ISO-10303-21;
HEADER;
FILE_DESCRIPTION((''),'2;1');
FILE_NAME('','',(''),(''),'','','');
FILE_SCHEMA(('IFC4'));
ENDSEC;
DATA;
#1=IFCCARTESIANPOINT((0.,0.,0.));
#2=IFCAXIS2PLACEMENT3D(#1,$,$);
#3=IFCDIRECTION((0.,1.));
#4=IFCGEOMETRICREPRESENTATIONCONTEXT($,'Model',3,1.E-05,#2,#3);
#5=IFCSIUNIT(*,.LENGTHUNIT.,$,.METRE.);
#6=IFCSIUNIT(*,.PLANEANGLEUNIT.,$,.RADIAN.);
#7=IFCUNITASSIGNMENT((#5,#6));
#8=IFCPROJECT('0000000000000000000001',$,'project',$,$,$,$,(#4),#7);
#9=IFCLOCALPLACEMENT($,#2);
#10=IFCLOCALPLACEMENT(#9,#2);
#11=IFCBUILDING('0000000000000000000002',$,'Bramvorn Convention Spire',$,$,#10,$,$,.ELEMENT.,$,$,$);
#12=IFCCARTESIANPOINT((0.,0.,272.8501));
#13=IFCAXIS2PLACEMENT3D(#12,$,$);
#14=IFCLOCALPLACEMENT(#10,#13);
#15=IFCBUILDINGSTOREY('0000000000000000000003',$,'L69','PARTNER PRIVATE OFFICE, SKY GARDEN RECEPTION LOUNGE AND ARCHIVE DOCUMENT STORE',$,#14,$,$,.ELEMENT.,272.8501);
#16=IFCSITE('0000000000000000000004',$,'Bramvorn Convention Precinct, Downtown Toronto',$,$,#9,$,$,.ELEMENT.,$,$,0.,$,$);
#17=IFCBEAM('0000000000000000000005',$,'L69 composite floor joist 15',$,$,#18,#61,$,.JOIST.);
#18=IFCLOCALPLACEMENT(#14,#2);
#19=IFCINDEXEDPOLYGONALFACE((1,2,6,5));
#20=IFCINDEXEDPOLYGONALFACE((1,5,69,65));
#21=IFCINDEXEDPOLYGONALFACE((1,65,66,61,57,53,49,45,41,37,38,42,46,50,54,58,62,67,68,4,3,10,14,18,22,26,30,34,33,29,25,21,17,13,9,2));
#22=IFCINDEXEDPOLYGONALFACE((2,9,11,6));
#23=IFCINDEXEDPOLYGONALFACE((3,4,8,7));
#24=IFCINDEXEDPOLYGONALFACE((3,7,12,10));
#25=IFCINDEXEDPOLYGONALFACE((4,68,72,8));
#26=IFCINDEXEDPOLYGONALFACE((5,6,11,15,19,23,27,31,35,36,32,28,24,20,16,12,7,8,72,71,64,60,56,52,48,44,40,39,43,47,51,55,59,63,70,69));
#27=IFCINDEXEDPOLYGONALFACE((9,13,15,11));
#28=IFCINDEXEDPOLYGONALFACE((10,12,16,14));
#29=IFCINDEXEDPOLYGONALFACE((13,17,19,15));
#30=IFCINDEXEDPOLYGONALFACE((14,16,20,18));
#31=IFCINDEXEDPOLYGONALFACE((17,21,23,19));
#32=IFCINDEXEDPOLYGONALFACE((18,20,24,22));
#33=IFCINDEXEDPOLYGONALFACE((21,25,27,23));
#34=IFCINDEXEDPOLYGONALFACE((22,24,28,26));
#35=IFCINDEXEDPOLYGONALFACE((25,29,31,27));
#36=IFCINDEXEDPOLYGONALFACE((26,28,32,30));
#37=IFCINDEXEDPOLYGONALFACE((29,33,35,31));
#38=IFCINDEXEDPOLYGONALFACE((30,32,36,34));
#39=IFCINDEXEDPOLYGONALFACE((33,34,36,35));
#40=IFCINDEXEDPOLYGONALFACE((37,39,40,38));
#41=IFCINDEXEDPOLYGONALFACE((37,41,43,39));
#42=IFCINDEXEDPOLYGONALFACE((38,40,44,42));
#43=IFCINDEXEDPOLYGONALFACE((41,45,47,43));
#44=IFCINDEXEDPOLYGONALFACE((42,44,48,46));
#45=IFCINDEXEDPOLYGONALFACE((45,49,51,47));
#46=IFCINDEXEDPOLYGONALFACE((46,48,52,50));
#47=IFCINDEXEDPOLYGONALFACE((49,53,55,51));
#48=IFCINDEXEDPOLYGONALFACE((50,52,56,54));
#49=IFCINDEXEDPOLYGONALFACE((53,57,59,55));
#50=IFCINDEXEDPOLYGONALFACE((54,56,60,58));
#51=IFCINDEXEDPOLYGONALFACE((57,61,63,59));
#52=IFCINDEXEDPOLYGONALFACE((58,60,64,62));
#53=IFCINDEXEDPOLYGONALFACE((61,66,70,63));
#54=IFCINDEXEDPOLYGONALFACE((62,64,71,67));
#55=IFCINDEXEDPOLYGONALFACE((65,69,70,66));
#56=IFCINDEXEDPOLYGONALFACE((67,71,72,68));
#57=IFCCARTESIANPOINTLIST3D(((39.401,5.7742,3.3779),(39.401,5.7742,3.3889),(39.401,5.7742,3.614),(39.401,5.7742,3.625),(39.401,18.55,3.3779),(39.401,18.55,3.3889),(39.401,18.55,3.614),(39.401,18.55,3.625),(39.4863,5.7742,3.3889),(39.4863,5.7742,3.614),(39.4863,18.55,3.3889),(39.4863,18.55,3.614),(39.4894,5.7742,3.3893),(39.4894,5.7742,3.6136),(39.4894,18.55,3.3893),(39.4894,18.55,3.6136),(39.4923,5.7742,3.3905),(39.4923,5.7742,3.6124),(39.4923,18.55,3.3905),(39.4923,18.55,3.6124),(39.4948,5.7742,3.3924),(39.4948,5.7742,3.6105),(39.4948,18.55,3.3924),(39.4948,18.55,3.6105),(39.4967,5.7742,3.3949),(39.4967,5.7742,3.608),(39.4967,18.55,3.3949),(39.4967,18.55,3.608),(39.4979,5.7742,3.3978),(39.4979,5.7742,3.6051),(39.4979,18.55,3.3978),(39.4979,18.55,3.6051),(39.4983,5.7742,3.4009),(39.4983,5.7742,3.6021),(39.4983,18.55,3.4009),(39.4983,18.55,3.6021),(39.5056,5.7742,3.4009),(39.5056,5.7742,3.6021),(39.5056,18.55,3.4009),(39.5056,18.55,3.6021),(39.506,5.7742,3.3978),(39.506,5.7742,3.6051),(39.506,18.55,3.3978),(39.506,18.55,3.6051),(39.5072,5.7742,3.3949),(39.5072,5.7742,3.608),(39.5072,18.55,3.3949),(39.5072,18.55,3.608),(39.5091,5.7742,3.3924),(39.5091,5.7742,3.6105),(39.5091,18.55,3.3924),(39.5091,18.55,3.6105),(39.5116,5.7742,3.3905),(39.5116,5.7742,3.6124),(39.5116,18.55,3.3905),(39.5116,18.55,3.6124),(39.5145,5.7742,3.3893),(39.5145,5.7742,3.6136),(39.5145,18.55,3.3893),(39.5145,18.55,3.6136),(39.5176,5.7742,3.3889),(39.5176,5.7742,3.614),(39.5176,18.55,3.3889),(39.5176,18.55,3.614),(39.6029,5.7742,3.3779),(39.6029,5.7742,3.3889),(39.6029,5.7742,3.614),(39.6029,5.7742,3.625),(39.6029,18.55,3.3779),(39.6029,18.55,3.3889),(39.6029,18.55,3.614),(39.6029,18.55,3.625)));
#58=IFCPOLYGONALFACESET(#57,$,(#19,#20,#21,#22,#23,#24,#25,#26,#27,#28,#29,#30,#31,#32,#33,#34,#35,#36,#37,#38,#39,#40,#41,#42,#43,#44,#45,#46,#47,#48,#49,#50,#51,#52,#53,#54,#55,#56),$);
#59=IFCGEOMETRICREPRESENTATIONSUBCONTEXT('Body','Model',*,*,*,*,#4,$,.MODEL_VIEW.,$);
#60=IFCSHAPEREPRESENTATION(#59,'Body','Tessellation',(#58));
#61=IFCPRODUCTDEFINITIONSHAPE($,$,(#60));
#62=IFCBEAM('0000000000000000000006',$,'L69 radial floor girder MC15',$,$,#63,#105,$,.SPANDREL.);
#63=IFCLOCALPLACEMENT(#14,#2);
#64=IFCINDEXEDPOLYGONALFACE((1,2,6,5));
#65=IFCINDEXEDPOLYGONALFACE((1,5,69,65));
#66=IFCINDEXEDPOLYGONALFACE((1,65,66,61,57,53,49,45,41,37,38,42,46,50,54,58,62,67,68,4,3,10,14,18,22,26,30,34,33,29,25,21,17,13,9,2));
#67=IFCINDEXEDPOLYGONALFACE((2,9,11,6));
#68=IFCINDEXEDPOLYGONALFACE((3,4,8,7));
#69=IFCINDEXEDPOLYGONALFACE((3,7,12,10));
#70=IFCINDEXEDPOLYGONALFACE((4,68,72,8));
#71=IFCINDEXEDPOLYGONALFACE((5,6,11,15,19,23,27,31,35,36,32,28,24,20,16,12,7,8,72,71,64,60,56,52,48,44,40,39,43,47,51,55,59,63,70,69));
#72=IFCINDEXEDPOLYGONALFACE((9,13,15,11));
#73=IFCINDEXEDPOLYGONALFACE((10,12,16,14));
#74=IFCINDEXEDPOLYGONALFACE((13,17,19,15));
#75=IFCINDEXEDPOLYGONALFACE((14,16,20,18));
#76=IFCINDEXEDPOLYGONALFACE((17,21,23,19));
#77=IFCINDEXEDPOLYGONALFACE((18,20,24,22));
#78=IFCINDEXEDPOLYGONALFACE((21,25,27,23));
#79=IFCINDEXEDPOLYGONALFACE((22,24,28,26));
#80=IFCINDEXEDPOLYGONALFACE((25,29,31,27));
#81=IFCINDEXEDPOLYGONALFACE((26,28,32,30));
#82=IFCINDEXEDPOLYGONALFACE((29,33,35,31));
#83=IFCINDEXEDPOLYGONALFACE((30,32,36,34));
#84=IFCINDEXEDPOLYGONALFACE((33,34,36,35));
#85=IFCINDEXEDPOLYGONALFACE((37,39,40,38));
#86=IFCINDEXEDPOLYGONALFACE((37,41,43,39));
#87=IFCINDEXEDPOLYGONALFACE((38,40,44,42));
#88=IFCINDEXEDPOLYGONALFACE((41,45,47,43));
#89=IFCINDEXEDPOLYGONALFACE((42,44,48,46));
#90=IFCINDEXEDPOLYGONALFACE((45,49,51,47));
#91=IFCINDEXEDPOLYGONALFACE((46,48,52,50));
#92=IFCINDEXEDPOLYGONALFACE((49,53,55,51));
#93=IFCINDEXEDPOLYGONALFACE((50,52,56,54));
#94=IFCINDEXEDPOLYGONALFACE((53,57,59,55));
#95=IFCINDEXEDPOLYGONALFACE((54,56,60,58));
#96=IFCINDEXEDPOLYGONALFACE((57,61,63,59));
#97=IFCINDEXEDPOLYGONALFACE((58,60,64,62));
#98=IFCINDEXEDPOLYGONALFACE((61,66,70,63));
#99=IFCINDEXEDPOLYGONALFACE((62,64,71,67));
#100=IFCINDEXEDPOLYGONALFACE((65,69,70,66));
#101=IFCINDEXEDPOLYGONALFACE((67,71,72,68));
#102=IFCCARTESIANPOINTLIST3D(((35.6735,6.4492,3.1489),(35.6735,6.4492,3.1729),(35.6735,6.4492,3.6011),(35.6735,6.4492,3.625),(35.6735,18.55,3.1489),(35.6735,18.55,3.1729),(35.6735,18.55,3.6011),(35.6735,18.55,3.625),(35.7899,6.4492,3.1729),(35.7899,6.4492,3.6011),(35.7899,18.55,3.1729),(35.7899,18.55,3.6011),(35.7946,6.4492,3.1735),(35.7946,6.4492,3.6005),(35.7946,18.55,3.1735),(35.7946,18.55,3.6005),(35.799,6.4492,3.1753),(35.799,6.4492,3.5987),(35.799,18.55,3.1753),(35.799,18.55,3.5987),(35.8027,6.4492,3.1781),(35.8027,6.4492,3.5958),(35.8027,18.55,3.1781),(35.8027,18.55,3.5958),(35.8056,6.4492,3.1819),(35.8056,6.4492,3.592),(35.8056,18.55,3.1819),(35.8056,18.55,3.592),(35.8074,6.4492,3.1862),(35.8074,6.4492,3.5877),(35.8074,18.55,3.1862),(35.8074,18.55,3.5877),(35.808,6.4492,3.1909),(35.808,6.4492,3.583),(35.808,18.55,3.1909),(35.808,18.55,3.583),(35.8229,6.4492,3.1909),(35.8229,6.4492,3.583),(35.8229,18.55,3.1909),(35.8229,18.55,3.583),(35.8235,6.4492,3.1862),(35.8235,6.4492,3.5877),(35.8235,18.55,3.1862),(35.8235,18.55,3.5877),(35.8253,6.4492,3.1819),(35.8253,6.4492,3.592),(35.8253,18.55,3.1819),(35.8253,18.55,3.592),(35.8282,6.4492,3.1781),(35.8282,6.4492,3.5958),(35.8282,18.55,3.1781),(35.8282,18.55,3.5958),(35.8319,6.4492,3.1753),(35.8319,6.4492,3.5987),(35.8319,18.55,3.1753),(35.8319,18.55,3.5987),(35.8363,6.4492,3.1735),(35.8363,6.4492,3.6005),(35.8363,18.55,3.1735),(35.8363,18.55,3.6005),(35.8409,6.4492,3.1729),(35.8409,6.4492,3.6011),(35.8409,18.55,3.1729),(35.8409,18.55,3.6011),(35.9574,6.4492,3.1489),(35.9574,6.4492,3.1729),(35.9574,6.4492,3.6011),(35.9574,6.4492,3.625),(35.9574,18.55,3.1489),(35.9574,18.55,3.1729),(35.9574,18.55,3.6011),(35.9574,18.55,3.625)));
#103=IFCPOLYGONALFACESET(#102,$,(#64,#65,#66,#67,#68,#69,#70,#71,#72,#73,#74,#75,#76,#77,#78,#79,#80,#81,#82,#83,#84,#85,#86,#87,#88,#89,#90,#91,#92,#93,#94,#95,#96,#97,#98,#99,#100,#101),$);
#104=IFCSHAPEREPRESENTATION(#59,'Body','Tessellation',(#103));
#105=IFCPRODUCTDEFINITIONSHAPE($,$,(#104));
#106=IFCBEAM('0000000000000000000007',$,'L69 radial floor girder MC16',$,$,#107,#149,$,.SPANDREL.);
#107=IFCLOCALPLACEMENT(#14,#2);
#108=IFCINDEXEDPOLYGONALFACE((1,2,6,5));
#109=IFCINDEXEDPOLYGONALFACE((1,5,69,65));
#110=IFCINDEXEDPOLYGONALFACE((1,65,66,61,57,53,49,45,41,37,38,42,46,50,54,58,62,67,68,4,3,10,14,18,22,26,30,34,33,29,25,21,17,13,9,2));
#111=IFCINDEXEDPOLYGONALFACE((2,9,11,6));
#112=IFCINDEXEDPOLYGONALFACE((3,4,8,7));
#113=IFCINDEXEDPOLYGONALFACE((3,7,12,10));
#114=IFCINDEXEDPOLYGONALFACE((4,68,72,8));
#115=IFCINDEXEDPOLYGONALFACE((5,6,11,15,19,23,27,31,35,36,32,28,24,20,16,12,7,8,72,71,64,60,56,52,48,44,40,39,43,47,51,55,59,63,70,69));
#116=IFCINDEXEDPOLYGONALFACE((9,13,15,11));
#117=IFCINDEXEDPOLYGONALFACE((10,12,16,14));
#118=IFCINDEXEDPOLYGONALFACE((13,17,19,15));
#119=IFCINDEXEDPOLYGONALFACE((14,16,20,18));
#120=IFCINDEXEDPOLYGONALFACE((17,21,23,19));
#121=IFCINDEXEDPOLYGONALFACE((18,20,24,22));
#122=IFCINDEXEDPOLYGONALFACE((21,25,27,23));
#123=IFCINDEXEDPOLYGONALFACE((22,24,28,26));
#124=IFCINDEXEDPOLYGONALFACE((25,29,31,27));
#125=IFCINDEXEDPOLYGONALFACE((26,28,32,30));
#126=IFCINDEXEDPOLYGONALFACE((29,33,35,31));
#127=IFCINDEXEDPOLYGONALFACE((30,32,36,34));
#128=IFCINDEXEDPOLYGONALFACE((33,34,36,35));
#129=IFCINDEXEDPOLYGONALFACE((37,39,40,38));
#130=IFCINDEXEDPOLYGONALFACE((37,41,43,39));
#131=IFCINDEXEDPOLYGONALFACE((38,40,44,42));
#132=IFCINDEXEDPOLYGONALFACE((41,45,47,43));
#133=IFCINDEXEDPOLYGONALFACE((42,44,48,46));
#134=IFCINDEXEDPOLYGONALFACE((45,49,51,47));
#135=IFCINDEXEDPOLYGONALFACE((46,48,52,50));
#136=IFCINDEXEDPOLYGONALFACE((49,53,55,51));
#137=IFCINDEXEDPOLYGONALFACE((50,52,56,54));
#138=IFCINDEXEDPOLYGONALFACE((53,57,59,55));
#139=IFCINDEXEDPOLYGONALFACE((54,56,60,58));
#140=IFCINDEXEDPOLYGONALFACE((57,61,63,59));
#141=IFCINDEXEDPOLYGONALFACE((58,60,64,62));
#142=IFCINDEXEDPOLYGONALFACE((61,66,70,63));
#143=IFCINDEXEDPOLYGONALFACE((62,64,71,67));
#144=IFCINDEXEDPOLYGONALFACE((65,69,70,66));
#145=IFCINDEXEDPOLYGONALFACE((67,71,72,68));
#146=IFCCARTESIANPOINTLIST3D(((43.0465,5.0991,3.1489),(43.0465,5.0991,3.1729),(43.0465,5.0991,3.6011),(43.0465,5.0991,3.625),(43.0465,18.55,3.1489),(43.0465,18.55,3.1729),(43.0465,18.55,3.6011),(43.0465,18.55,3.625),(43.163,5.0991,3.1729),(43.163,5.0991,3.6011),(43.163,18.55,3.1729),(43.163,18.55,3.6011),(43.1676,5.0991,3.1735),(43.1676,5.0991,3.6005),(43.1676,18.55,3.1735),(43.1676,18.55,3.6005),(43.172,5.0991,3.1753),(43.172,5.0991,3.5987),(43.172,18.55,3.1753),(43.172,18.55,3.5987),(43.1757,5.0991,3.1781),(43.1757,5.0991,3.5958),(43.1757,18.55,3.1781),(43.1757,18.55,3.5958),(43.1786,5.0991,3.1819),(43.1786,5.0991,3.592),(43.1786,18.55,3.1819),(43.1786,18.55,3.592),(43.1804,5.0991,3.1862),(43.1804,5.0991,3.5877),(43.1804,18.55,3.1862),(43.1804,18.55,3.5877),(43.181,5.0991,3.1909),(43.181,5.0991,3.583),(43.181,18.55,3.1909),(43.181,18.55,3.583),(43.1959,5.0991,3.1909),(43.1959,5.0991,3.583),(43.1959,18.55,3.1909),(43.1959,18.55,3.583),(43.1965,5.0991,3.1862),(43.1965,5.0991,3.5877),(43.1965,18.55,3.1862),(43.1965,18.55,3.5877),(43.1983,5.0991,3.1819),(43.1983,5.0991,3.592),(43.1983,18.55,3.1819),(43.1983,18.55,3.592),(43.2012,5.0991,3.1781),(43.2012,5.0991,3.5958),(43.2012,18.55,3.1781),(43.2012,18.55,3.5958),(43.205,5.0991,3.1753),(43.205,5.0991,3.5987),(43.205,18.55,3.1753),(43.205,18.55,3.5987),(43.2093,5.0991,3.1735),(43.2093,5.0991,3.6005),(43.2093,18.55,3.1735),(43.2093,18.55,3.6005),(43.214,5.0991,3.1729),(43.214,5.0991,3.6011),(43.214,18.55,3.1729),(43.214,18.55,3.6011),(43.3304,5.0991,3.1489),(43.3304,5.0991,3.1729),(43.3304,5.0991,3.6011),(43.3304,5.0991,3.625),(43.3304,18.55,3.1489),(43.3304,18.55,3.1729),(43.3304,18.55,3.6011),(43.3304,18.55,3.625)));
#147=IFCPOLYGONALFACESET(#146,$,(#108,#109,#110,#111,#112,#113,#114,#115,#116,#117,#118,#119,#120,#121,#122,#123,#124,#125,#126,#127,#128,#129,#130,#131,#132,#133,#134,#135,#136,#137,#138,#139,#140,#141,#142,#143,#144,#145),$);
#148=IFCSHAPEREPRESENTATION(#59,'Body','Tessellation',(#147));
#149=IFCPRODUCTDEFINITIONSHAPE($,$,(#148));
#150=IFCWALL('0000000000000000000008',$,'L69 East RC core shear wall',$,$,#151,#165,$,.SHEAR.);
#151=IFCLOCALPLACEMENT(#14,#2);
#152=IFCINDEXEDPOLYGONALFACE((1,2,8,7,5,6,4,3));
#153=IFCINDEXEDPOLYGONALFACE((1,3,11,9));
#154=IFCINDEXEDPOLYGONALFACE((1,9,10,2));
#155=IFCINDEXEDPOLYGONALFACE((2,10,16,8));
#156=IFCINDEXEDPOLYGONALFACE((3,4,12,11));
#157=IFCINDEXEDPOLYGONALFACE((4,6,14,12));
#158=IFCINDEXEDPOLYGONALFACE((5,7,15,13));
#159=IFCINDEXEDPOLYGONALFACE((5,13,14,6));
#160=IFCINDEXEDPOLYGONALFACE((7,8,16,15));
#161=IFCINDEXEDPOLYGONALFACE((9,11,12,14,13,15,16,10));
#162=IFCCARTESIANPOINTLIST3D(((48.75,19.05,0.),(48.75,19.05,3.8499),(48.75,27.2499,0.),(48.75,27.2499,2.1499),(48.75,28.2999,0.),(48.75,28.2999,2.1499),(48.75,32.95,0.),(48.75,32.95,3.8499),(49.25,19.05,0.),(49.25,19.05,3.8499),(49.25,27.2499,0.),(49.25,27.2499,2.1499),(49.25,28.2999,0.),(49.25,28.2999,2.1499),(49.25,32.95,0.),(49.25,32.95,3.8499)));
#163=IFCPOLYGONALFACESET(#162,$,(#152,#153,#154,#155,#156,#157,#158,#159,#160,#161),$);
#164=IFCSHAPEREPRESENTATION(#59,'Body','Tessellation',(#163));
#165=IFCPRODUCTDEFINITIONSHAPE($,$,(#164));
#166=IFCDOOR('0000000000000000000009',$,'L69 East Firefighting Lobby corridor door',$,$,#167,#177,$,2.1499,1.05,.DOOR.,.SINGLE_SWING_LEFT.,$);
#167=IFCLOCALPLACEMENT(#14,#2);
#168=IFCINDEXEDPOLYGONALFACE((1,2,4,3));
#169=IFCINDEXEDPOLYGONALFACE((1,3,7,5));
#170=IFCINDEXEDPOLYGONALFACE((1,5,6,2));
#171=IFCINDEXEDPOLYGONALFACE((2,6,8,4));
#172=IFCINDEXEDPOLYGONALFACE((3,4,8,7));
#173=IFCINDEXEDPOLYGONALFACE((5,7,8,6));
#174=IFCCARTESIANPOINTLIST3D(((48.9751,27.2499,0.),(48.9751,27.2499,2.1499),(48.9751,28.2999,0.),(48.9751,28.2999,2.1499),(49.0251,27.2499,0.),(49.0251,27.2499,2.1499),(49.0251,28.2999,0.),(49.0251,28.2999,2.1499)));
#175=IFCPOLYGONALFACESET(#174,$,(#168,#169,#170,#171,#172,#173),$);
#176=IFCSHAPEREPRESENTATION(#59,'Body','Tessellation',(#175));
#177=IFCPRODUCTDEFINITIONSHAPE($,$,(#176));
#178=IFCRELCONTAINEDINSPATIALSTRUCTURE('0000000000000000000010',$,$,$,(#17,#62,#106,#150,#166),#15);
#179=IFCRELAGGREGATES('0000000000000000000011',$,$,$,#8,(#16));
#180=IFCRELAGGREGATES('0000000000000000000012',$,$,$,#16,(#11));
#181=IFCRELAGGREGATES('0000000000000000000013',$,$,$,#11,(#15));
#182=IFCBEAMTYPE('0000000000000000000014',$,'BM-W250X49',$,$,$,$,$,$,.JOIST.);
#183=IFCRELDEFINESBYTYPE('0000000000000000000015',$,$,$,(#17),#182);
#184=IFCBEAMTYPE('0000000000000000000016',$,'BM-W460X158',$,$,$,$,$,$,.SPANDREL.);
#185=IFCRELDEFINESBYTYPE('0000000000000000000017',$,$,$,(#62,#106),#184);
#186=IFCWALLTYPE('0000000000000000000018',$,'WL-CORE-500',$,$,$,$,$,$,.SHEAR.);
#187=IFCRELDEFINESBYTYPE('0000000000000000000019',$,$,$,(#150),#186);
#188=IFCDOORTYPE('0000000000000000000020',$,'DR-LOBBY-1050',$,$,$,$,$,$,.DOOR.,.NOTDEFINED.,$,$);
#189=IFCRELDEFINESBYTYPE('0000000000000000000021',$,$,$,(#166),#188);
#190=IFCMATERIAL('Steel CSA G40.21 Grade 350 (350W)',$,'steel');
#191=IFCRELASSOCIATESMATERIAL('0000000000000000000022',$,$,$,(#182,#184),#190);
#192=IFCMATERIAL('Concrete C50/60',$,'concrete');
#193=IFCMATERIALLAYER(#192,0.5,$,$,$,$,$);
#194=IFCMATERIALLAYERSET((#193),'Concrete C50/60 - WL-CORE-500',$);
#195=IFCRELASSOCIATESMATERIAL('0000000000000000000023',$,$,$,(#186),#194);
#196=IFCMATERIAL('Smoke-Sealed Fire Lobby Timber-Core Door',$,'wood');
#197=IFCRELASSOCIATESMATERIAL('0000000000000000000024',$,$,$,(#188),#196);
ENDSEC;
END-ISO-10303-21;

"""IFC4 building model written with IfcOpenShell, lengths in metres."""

from ifc_helpers import new_model, si_unit, direction, frame, frame_2d, origin, origin_2d, place, context, subcontext, project, spatial, rectangle, i_section, extrude, material, layer, layer_set, material_profile, profile_set, type_object, element, fill, save


model = new_model("IFC4")

# Units and contexts
model_context = context("Model", 3, precision=1e-05, world=origin(), true_north=direction((0.0, 1.0)))
body_context = subcontext(model_context, "Body", "Model", "MODEL_VIEW")
ifc_project = project(units=[si_unit("LENGTHUNIT", "METRE"), si_unit("PLANEANGLEUNIT", "RADIAN")], contexts=[model_context])

# Site, building, storey
site_placement = place(None, origin())
site = spatial("IfcSite", under=ifc_project, at=site_placement, Name="Bramvorn Convention Precinct, Downtown Toronto", CompositionType="ELEMENT", RefElevation=0.0)
building_placement = place(site_placement, origin())
building = spatial("IfcBuilding", under=site, at=building_placement, Name="Bramvorn Convention Spire", CompositionType="ELEMENT")
storey_placement = place(building_placement, frame((0.0, 0.0, 272.8501)))
storey = spatial("IfcBuildingStorey", under=building, at=storey_placement, Name="L69", Description="PARTNER PRIVATE OFFICE, SKY GARDEN RECEPTION LOUNGE AND ARCHIVE DOCUMENT STORE", CompositionType="ELEMENT", Elevation=272.8501)

# Beams
ifc_material_1 = material(Name="Steel CSA G40.21 Grade 350 (350W)", Category="steel")
ifc_material_profile_1 = material_profile(ifc_material_1, i_section(OverallWidth=0.2019, OverallDepth=0.2471, WebThickness=0.0073, FlangeThickness=0.011, FilletRadius=0.012, at=origin_2d()))
ifc_profile_set_1 = profile_set([ifc_material_profile_1], Name="Steel CSA G40.21 Grade 350 (350W) - W250X49")
beam_type_1 = type_object("IfcBeamType", Name="BM-W250X49", PredefinedType="JOIST", material=ifc_profile_set_1)
beam_1_placement = place(storey_placement, frame((39.502, 18.55, 3.5015), z_axis=(0.0, -1.0, 0.0), x_axis=(1.0, 0.0, 0.0)))
element("IfcBeam", 1, at=beam_1_placement, inside=storey, type_object=beam_type_1, Name="L69 composite floor joist 15", PredefinedType="JOIST", context=body_context, shape_type="SweptSolid", body=[
    extrude(i_section(OverallWidth=0.2019, OverallDepth=0.2471, WebThickness=0.0073, FlangeThickness=0.011, FilletRadius=0.012, at=origin_2d()), origin(), (0.0, 0.0, 1.0), 12.7759),
])
ifc_material_profile_2 = material_profile(ifc_material_1, i_section(OverallWidth=0.2839, OverallDepth=0.4761, WebThickness=0.0149, FlangeThickness=0.0239, FilletRadius=0.0181, at=origin_2d()))
ifc_profile_set_2 = profile_set([ifc_material_profile_2], Name="Steel CSA G40.21 Grade 350 (350W) - W460X158")
beam_type_2 = type_object("IfcBeamType", Name="BM-W460X158", PredefinedType="SPANDREL", material=ifc_profile_set_2)
beam_2_placement = place(storey_placement, frame((35.8154, 18.55, 3.387), z_axis=(0.0, -1.0, 0.0), x_axis=(1.0, 0.0, 0.0)))
element("IfcBeam", 2, at=beam_2_placement, inside=storey, type_object=beam_type_2, Name="L69 radial floor girder MC15", PredefinedType="SPANDREL", context=body_context, shape_type="SweptSolid", body=[
    extrude(i_section(OverallWidth=0.2839, OverallDepth=0.4761, WebThickness=0.0149, FlangeThickness=0.0239, FilletRadius=0.0181, at=origin_2d()), origin(), (0.0, 0.0, 1.0), 12.1008),
])
beam_3_placement = place(storey_placement, frame((43.1885, 18.55, 3.387), z_axis=(0.0, -1.0, 0.0), x_axis=(1.0, 0.0, 0.0)))
element("IfcBeam", 3, at=beam_3_placement, inside=storey, type_object=beam_type_2, Name="L69 radial floor girder MC16", PredefinedType="SPANDREL", context=body_context, shape_type="SweptSolid", body=[
    extrude(i_section(OverallWidth=0.2839, OverallDepth=0.4761, WebThickness=0.0149, FlangeThickness=0.0239, FilletRadius=0.0181, at=origin_2d()), origin(), (0.0, 0.0, 1.0), 13.4509),
])

# Wall, opening, door
ifc_material_2 = material(Name="Concrete C50/60", Category="concrete")
ifc_layer_1 = layer(ifc_material_2, 0.5)
ifc_layer_set_1 = layer_set([ifc_layer_1], Name="Concrete C50/60 - WL-CORE-500")
wall_type_1 = type_object("IfcWallType", Name="WL-CORE-500", PredefinedType="SHEAR", material=ifc_layer_set_1)
wall_1_placement = place(storey_placement, frame((49.0, 19.05, 0.0), z_axis=(0.0, 0.0, 1.0), x_axis=(0.0, 1.0, 0.0)))
wall_1 = element("IfcWall", 4, at=wall_1_placement, inside=storey, type_object=wall_type_1, Name="L69 East RC core shear wall", PredefinedType="SHEAR", context=body_context, shape_type="SweptSolid", body=[
    extrude(rectangle(XDim=13.8999, YDim=0.5, at=frame_2d((6.95, 0.0))), origin(), (0.0, 0.0, 1.0), 3.8499),
])
opening_1_placement = place(wall_1_placement, frame((8.2, 0.0, 0.0)))
opening_1 = element("IfcOpeningElement", 5, at=opening_1_placement, cuts=wall_1, PredefinedType="OPENING", context=body_context, shape_type="SweptSolid", body=[
    extrude(rectangle(XDim=1.05, YDim=2.1499, at=frame_2d((0.5249, 1.075))), frame((0.0, 0.26, 0.0), z_axis=(0.0, -1.0, 0.0), x_axis=(1.0, 0.0, 0.0)), (0.0, 0.0, 1.0), 0.52),
])
ifc_material_3 = material(Name="Smoke-Sealed Fire Lobby Timber-Core Door", Category="wood")
door_type_1 = type_object("IfcDoorType", Name="DR-LOBBY-1050", OperationType="NOTDEFINED", PredefinedType="DOOR", material=ifc_material_3)
door_1_placement = place(opening_1_placement, origin())
door_1 = element("IfcDoor", 6, at=door_1_placement, inside=storey, type_object=door_type_1, Name="L69 East Firefighting Lobby corridor door", OperationType="SINGLE_SWING_LEFT", OverallHeight=2.1499, OverallWidth=1.05, PredefinedType="DOOR", context=body_context, shape_type="SweptSolid", body=[
    extrude(rectangle(XDim=1.05, YDim=2.1499, at=frame_2d((0.5249, 1.075))), frame((0.0, 0.0249, 0.0), z_axis=(0.0, -1.0, 0.0), x_axis=(1.0, 0.0, 0.0)), (0.0, 0.0, 1.0), 0.05),
])
fill(opening_1, door_1)

save(model, "model.ifc")
